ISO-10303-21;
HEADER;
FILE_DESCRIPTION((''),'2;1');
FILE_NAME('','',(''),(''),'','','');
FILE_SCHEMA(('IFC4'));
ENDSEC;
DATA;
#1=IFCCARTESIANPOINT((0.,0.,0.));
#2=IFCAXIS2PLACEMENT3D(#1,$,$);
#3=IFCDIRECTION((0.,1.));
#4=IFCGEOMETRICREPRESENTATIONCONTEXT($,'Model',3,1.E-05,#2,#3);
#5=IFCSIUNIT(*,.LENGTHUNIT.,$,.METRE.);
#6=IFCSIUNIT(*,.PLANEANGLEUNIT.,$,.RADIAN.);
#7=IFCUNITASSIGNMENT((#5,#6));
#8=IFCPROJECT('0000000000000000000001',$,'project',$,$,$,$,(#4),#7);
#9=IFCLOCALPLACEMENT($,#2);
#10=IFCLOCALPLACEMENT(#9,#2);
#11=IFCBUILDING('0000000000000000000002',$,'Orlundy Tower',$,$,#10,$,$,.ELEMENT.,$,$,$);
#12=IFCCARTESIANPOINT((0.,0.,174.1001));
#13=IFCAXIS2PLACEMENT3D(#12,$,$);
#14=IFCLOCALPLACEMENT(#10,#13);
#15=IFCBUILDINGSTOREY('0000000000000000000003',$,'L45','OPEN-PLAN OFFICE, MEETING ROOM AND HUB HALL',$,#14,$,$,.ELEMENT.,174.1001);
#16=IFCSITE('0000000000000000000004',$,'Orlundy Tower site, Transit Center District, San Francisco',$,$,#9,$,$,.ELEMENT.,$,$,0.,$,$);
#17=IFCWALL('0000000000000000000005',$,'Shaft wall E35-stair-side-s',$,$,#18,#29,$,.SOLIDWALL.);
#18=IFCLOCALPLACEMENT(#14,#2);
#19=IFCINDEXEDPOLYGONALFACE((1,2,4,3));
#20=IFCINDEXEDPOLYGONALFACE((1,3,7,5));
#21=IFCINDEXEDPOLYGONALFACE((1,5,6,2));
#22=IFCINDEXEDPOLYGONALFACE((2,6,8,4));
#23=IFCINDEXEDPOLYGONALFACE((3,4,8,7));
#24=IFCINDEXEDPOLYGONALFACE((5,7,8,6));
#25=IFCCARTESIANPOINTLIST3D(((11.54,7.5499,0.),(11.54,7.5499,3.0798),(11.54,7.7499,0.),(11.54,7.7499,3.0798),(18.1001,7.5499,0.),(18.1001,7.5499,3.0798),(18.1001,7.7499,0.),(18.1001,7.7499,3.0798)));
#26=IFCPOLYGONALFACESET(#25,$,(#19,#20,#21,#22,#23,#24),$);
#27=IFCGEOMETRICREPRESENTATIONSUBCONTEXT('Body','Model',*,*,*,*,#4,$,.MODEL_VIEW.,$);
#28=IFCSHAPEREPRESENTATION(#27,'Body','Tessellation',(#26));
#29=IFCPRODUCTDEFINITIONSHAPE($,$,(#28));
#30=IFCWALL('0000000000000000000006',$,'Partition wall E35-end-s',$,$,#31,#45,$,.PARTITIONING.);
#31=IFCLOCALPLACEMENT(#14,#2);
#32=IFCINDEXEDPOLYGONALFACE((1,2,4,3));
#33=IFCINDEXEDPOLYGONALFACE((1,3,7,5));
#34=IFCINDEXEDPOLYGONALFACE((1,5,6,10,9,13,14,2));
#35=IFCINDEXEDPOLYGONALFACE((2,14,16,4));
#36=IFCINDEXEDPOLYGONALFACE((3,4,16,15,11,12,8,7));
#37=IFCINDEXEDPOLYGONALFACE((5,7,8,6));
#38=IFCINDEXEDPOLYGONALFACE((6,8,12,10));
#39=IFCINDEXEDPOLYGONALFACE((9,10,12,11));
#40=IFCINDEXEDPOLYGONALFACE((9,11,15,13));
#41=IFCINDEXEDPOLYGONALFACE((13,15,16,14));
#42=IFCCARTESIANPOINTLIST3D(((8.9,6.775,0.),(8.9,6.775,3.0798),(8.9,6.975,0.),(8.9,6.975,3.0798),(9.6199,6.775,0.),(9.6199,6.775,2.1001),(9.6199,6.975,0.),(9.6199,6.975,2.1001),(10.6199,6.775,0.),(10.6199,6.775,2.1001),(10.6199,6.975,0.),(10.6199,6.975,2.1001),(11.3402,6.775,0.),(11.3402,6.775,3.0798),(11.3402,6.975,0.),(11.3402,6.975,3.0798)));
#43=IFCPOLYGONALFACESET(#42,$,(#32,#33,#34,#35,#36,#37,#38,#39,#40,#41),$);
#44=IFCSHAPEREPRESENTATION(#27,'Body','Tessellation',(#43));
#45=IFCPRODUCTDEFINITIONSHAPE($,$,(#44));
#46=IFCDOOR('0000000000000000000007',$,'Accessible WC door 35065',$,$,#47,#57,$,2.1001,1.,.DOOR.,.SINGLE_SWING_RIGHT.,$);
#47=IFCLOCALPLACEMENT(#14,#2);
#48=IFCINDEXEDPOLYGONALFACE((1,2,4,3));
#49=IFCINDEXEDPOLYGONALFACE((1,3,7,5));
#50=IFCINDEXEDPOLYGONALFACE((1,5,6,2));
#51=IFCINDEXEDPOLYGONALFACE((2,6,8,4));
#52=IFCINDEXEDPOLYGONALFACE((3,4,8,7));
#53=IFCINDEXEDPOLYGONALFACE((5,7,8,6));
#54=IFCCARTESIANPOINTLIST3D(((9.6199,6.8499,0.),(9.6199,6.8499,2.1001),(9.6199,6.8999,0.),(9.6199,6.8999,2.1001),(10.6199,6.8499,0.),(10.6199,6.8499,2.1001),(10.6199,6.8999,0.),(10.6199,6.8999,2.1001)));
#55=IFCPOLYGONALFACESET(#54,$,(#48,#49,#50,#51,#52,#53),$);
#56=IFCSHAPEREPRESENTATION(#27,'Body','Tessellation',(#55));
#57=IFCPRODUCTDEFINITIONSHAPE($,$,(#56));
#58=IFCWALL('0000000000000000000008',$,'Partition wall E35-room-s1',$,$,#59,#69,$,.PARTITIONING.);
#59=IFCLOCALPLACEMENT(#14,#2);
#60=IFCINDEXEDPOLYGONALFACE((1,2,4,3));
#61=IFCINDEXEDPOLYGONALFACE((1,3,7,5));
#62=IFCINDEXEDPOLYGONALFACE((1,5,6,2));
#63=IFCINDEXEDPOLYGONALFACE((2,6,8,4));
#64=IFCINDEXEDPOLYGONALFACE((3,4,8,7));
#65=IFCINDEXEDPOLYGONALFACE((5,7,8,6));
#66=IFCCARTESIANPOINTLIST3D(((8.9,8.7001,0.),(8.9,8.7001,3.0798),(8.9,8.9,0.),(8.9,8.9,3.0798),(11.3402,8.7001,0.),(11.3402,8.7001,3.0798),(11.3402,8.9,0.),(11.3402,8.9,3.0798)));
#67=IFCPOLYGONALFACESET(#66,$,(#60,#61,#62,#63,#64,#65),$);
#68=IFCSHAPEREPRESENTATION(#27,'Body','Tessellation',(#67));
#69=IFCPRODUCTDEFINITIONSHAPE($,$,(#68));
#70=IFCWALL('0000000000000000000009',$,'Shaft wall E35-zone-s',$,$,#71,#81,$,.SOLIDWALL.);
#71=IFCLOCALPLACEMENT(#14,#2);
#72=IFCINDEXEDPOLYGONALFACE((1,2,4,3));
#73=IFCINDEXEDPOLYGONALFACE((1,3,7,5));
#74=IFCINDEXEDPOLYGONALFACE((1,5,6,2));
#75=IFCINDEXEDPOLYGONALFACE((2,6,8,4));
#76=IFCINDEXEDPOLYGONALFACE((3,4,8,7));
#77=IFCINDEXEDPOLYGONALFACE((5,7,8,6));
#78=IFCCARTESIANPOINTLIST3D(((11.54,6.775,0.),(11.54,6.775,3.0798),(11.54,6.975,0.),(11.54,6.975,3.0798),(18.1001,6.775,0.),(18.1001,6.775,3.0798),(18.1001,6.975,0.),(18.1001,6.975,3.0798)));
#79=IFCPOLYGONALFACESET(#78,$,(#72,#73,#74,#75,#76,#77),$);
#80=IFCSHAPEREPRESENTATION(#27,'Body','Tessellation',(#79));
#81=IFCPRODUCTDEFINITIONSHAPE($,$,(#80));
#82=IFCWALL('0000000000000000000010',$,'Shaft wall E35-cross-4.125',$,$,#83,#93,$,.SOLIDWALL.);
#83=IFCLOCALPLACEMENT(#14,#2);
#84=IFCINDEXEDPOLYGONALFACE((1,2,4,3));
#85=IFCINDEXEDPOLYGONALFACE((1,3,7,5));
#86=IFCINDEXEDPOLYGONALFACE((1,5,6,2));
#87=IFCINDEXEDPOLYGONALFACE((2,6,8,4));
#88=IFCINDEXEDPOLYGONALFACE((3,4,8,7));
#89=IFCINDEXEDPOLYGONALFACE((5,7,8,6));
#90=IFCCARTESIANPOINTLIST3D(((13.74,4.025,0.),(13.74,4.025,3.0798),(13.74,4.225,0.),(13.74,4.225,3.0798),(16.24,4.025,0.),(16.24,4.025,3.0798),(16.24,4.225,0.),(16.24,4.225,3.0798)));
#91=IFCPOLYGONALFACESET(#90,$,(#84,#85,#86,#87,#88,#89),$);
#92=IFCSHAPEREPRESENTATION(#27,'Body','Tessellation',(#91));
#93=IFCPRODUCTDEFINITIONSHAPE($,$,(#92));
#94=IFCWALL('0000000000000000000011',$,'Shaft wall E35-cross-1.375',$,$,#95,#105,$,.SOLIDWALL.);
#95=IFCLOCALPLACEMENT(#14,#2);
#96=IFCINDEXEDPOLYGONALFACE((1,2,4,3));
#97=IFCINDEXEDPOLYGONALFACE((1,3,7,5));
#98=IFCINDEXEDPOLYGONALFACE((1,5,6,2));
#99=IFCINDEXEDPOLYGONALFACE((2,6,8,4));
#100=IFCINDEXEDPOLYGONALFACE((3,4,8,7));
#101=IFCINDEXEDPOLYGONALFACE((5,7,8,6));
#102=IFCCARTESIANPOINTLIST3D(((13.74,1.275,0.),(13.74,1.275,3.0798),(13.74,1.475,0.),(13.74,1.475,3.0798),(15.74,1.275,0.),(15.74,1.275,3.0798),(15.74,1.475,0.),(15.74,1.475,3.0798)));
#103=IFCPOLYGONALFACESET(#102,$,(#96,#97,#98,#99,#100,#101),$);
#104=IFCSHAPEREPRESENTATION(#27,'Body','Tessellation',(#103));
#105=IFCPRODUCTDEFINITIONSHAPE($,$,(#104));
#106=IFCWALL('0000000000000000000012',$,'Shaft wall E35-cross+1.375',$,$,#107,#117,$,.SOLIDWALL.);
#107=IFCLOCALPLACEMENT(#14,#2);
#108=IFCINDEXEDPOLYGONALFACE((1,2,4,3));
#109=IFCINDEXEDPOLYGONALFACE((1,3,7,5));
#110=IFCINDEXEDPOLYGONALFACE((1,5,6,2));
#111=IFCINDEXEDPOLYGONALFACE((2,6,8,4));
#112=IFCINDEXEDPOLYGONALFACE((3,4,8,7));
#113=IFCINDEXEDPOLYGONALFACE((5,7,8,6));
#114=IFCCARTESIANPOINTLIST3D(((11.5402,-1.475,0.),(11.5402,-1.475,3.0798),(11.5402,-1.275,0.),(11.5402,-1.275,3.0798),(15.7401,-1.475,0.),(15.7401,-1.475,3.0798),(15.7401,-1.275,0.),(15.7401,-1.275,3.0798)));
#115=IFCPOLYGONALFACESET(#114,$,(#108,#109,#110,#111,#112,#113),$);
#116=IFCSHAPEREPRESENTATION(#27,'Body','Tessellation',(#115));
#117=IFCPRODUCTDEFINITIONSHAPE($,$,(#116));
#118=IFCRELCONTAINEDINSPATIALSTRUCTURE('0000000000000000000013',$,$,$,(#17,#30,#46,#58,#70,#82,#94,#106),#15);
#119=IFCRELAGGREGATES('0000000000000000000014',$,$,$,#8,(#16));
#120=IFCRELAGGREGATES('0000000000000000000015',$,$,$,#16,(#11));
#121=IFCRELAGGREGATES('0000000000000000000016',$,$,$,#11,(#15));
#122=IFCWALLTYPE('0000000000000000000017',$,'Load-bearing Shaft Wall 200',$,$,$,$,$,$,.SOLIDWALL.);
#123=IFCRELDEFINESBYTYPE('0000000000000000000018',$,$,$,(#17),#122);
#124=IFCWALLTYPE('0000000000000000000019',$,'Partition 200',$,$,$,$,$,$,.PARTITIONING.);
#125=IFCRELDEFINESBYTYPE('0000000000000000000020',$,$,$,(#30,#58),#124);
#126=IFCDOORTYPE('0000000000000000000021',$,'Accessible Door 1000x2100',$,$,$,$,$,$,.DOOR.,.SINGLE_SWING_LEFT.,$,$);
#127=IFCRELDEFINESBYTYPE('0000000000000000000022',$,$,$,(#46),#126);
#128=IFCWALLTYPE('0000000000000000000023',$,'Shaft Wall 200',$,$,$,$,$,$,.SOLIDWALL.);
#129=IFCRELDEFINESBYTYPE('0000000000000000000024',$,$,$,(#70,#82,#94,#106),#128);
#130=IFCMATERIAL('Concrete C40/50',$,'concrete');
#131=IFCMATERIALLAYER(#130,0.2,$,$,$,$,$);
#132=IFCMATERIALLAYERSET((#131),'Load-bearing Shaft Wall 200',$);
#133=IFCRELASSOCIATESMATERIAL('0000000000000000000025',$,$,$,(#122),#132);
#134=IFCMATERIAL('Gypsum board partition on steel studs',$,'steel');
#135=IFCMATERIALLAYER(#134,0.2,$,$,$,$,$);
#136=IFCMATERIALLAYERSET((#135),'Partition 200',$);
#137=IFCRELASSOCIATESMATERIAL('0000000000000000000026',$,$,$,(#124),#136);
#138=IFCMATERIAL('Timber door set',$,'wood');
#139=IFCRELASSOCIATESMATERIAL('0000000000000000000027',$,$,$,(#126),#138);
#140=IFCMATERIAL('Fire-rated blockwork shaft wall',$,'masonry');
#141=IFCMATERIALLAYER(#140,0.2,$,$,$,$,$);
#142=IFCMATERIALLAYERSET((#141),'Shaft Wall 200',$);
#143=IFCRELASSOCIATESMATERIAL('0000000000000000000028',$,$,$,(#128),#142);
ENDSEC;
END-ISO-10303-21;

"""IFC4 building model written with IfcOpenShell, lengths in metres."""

from ifc_helpers import new_model, si_unit, direction, frame, frame_2d, origin, place, context, subcontext, project, spatial, rectangle, extrude, material, layer, layer_set, type_object, element, fill, save


model = new_model("IFC4")

# Units and contexts
model_context = context("Model", 3, precision=1e-05, world=origin(), true_north=direction((0.0, 1.0)))
body_context = subcontext(model_context, "Body", "Model", "MODEL_VIEW")
ifc_project = project(units=[si_unit("LENGTHUNIT", "METRE"), si_unit("PLANEANGLEUNIT", "RADIAN")], contexts=[model_context])

# Site, building, storey
site_placement = place(None, origin())
site = spatial("IfcSite", under=ifc_project, at=site_placement, Name="Orlundy Tower site, Transit Center District, San Francisco", CompositionType="ELEMENT", RefElevation=0.0)
building_placement = place(site_placement, origin())
building = spatial("IfcBuilding", under=site, at=building_placement, Name="Orlundy Tower", CompositionType="ELEMENT")
storey_placement = place(building_placement, frame((0.0, 0.0, 174.1001)))
storey = spatial("IfcBuildingStorey", under=building, at=storey_placement, Name="L45", Description="OPEN-PLAN OFFICE, MEETING ROOM AND HUB HALL", CompositionType="ELEMENT", Elevation=174.1001)

# Wall
ifc_material_1 = material(Name="Concrete C40/50", Category="concrete")
ifc_layer_1 = layer(ifc_material_1, 0.2)
ifc_layer_set_1 = layer_set([ifc_layer_1], Name="Load-bearing Shaft Wall 200")
wall_type_1 = type_object("IfcWallType", Name="Load-bearing Shaft Wall 200", PredefinedType="SOLIDWALL", material=ifc_layer_set_1)
wall_1_placement = place(storey_placement, frame((11.54, 7.6499, 0.0), z_axis=(0.0, 0.0, 1.0), x_axis=(1.0, 0.0, 0.0)))
element("IfcWall", 1, at=wall_1_placement, inside=storey, type_object=wall_type_1, Name="Shaft wall E35-stair-side-s", PredefinedType="SOLIDWALL", context=body_context, shape_type="SweptSolid", body=[
    extrude(rectangle(XDim=6.5601, YDim=0.2, at=frame_2d((3.28, 0.0))), origin(), (0.0, 0.0, 1.0), 3.0798),
])

# Wall, opening, door
ifc_material_2 = material(Name="Gypsum board partition on steel studs", Category="steel")
ifc_layer_2 = layer(ifc_material_2, 0.2)
ifc_layer_set_2 = layer_set([ifc_layer_2], Name="Partition 200")
wall_type_2 = type_object("IfcWallType", Name="Partition 200", PredefinedType="PARTITIONING", material=ifc_layer_set_2)
wall_2_placement = place(storey_placement, frame((8.8999, 6.875, 0.0), z_axis=(0.0, 0.0, 1.0), x_axis=(1.0, 0.0, 0.0)))
wall_2 = element("IfcWall", 2, at=wall_2_placement, inside=storey, type_object=wall_type_2, Name="Partition wall E35-end-s", PredefinedType="PARTITIONING", context=body_context, shape_type="SweptSolid", body=[
    extrude(rectangle(XDim=2.4402, YDim=0.2, at=frame_2d((1.2202, 0.0))), origin(), (0.0, 0.0, 1.0), 3.0798),
])
opening_1_placement = place(wall_2_placement, frame((0.72, 0.0, 0.0)))
opening_1 = element("IfcOpeningElement", 3, at=opening_1_placement, cuts=wall_2, PredefinedType="OPENING", context=body_context, shape_type="SweptSolid", body=[
    extrude(rectangle(XDim=1.0, YDim=2.1001, at=frame_2d((0.5, 1.05))), frame((0.0, 0.1101, 0.0), z_axis=(0.0, -1.0, 0.0), x_axis=(1.0, 0.0, 0.0)), (0.0, 0.0, 1.0), 0.2202),
])
ifc_material_3 = material(Name="Timber door set", Category="wood")
door_type_1 = type_object("IfcDoorType", Name="Accessible Door 1000x2100", OperationType="SINGLE_SWING_LEFT", PredefinedType="DOOR", material=ifc_material_3)
door_1_placement = place(opening_1_placement, origin())
door_1 = element("IfcDoor", 4, at=door_1_placement, inside=storey, type_object=door_type_1, Name="Accessible WC door 35065", OperationType="SINGLE_SWING_RIGHT", OverallHeight=2.1001, OverallWidth=1.0, PredefinedType="DOOR", context=body_context, shape_type="SweptSolid", body=[
    extrude(rectangle(XDim=1.0, YDim=2.1001, at=frame_2d((0.5, 1.05))), frame((0.0, 0.0249, 0.0), z_axis=(0.0, -1.0, 0.0), x_axis=(1.0, 0.0, 0.0)), (0.0, 0.0, 1.0), 0.05),
])
fill(opening_1, door_1)

# Walls
wall_3_placement = place(storey_placement, frame((8.8999, 8.8, 0.0), z_axis=(0.0, 0.0, 1.0), x_axis=(1.0, 0.0, 0.0)))
element("IfcWall", 5, at=wall_3_placement, inside=storey, type_object=wall_type_2, Name="Partition wall E35-room-s1", PredefinedType="PARTITIONING", context=body_context, shape_type="SweptSolid", body=[
    extrude(rectangle(XDim=2.4402, YDim=0.2, at=frame_2d((1.2202, 0.0))), origin(), (0.0, 0.0, 1.0), 3.0798),
])
ifc_material_4 = material(Name="Fire-rated blockwork shaft wall", Category="masonry")
ifc_layer_3 = layer(ifc_material_4, 0.2)
ifc_layer_set_3 = layer_set([ifc_layer_3], Name="Shaft Wall 200")
wall_type_3 = type_object("IfcWallType", Name="Shaft Wall 200", PredefinedType="SOLIDWALL", material=ifc_layer_set_3)
wall_4_placement = place(storey_placement, frame((11.54, 6.875, 0.0), z_axis=(0.0, 0.0, 1.0), x_axis=(1.0, 0.0, 0.0)))
element("IfcWall", 6, at=wall_4_placement, inside=storey, type_object=wall_type_3, Name="Shaft wall E35-zone-s", PredefinedType="SOLIDWALL", context=body_context, shape_type="SweptSolid", body=[
    extrude(rectangle(XDim=6.5601, YDim=0.2, at=frame_2d((3.28, 0.0))), origin(), (0.0, 0.0, 1.0), 3.0798),
])
wall_5_placement = place(storey_placement, frame((13.74, 4.125, 0.0), z_axis=(0.0, 0.0, 1.0), x_axis=(1.0, 0.0, 0.0)))
element("IfcWall", 7, at=wall_5_placement, inside=storey, type_object=wall_type_3, Name="Shaft wall E35-cross-4.125", PredefinedType="SOLIDWALL", context=body_context, shape_type="SweptSolid", body=[
    extrude(rectangle(XDim=2.5, YDim=0.2, at=frame_2d((1.25, 0.0))), origin(), (0.0, 0.0, 1.0), 3.0798),
])
wall_6_placement = place(storey_placement, frame((13.74, 1.375, 0.0), z_axis=(0.0, 0.0, 1.0), x_axis=(1.0, 0.0, 0.0)))
element("IfcWall", 8, at=wall_6_placement, inside=storey, type_object=wall_type_3, Name="Shaft wall E35-cross-1.375", PredefinedType="SOLIDWALL", context=body_context, shape_type="SweptSolid", body=[
    extrude(rectangle(XDim=2.0, YDim=0.2, at=frame_2d((1.0, 0.0))), origin(), (0.0, 0.0, 1.0), 3.0798),
])
wall_7_placement = place(storey_placement, frame((11.54, -1.375, 0.0), z_axis=(0.0, 0.0, 1.0), x_axis=(1.0, 0.0, 0.0)))
element("IfcWall", 9, at=wall_7_placement, inside=storey, type_object=wall_type_3, Name="Shaft wall E35-cross+1.375", PredefinedType="SOLIDWALL", context=body_context, shape_type="SweptSolid", body=[
    extrude(rectangle(XDim=4.2, YDim=0.2, at=frame_2d((2.1001, 0.0))), origin(), (0.0, 0.0, 1.0), 3.0798),
])

save(model, "model.ifc")
